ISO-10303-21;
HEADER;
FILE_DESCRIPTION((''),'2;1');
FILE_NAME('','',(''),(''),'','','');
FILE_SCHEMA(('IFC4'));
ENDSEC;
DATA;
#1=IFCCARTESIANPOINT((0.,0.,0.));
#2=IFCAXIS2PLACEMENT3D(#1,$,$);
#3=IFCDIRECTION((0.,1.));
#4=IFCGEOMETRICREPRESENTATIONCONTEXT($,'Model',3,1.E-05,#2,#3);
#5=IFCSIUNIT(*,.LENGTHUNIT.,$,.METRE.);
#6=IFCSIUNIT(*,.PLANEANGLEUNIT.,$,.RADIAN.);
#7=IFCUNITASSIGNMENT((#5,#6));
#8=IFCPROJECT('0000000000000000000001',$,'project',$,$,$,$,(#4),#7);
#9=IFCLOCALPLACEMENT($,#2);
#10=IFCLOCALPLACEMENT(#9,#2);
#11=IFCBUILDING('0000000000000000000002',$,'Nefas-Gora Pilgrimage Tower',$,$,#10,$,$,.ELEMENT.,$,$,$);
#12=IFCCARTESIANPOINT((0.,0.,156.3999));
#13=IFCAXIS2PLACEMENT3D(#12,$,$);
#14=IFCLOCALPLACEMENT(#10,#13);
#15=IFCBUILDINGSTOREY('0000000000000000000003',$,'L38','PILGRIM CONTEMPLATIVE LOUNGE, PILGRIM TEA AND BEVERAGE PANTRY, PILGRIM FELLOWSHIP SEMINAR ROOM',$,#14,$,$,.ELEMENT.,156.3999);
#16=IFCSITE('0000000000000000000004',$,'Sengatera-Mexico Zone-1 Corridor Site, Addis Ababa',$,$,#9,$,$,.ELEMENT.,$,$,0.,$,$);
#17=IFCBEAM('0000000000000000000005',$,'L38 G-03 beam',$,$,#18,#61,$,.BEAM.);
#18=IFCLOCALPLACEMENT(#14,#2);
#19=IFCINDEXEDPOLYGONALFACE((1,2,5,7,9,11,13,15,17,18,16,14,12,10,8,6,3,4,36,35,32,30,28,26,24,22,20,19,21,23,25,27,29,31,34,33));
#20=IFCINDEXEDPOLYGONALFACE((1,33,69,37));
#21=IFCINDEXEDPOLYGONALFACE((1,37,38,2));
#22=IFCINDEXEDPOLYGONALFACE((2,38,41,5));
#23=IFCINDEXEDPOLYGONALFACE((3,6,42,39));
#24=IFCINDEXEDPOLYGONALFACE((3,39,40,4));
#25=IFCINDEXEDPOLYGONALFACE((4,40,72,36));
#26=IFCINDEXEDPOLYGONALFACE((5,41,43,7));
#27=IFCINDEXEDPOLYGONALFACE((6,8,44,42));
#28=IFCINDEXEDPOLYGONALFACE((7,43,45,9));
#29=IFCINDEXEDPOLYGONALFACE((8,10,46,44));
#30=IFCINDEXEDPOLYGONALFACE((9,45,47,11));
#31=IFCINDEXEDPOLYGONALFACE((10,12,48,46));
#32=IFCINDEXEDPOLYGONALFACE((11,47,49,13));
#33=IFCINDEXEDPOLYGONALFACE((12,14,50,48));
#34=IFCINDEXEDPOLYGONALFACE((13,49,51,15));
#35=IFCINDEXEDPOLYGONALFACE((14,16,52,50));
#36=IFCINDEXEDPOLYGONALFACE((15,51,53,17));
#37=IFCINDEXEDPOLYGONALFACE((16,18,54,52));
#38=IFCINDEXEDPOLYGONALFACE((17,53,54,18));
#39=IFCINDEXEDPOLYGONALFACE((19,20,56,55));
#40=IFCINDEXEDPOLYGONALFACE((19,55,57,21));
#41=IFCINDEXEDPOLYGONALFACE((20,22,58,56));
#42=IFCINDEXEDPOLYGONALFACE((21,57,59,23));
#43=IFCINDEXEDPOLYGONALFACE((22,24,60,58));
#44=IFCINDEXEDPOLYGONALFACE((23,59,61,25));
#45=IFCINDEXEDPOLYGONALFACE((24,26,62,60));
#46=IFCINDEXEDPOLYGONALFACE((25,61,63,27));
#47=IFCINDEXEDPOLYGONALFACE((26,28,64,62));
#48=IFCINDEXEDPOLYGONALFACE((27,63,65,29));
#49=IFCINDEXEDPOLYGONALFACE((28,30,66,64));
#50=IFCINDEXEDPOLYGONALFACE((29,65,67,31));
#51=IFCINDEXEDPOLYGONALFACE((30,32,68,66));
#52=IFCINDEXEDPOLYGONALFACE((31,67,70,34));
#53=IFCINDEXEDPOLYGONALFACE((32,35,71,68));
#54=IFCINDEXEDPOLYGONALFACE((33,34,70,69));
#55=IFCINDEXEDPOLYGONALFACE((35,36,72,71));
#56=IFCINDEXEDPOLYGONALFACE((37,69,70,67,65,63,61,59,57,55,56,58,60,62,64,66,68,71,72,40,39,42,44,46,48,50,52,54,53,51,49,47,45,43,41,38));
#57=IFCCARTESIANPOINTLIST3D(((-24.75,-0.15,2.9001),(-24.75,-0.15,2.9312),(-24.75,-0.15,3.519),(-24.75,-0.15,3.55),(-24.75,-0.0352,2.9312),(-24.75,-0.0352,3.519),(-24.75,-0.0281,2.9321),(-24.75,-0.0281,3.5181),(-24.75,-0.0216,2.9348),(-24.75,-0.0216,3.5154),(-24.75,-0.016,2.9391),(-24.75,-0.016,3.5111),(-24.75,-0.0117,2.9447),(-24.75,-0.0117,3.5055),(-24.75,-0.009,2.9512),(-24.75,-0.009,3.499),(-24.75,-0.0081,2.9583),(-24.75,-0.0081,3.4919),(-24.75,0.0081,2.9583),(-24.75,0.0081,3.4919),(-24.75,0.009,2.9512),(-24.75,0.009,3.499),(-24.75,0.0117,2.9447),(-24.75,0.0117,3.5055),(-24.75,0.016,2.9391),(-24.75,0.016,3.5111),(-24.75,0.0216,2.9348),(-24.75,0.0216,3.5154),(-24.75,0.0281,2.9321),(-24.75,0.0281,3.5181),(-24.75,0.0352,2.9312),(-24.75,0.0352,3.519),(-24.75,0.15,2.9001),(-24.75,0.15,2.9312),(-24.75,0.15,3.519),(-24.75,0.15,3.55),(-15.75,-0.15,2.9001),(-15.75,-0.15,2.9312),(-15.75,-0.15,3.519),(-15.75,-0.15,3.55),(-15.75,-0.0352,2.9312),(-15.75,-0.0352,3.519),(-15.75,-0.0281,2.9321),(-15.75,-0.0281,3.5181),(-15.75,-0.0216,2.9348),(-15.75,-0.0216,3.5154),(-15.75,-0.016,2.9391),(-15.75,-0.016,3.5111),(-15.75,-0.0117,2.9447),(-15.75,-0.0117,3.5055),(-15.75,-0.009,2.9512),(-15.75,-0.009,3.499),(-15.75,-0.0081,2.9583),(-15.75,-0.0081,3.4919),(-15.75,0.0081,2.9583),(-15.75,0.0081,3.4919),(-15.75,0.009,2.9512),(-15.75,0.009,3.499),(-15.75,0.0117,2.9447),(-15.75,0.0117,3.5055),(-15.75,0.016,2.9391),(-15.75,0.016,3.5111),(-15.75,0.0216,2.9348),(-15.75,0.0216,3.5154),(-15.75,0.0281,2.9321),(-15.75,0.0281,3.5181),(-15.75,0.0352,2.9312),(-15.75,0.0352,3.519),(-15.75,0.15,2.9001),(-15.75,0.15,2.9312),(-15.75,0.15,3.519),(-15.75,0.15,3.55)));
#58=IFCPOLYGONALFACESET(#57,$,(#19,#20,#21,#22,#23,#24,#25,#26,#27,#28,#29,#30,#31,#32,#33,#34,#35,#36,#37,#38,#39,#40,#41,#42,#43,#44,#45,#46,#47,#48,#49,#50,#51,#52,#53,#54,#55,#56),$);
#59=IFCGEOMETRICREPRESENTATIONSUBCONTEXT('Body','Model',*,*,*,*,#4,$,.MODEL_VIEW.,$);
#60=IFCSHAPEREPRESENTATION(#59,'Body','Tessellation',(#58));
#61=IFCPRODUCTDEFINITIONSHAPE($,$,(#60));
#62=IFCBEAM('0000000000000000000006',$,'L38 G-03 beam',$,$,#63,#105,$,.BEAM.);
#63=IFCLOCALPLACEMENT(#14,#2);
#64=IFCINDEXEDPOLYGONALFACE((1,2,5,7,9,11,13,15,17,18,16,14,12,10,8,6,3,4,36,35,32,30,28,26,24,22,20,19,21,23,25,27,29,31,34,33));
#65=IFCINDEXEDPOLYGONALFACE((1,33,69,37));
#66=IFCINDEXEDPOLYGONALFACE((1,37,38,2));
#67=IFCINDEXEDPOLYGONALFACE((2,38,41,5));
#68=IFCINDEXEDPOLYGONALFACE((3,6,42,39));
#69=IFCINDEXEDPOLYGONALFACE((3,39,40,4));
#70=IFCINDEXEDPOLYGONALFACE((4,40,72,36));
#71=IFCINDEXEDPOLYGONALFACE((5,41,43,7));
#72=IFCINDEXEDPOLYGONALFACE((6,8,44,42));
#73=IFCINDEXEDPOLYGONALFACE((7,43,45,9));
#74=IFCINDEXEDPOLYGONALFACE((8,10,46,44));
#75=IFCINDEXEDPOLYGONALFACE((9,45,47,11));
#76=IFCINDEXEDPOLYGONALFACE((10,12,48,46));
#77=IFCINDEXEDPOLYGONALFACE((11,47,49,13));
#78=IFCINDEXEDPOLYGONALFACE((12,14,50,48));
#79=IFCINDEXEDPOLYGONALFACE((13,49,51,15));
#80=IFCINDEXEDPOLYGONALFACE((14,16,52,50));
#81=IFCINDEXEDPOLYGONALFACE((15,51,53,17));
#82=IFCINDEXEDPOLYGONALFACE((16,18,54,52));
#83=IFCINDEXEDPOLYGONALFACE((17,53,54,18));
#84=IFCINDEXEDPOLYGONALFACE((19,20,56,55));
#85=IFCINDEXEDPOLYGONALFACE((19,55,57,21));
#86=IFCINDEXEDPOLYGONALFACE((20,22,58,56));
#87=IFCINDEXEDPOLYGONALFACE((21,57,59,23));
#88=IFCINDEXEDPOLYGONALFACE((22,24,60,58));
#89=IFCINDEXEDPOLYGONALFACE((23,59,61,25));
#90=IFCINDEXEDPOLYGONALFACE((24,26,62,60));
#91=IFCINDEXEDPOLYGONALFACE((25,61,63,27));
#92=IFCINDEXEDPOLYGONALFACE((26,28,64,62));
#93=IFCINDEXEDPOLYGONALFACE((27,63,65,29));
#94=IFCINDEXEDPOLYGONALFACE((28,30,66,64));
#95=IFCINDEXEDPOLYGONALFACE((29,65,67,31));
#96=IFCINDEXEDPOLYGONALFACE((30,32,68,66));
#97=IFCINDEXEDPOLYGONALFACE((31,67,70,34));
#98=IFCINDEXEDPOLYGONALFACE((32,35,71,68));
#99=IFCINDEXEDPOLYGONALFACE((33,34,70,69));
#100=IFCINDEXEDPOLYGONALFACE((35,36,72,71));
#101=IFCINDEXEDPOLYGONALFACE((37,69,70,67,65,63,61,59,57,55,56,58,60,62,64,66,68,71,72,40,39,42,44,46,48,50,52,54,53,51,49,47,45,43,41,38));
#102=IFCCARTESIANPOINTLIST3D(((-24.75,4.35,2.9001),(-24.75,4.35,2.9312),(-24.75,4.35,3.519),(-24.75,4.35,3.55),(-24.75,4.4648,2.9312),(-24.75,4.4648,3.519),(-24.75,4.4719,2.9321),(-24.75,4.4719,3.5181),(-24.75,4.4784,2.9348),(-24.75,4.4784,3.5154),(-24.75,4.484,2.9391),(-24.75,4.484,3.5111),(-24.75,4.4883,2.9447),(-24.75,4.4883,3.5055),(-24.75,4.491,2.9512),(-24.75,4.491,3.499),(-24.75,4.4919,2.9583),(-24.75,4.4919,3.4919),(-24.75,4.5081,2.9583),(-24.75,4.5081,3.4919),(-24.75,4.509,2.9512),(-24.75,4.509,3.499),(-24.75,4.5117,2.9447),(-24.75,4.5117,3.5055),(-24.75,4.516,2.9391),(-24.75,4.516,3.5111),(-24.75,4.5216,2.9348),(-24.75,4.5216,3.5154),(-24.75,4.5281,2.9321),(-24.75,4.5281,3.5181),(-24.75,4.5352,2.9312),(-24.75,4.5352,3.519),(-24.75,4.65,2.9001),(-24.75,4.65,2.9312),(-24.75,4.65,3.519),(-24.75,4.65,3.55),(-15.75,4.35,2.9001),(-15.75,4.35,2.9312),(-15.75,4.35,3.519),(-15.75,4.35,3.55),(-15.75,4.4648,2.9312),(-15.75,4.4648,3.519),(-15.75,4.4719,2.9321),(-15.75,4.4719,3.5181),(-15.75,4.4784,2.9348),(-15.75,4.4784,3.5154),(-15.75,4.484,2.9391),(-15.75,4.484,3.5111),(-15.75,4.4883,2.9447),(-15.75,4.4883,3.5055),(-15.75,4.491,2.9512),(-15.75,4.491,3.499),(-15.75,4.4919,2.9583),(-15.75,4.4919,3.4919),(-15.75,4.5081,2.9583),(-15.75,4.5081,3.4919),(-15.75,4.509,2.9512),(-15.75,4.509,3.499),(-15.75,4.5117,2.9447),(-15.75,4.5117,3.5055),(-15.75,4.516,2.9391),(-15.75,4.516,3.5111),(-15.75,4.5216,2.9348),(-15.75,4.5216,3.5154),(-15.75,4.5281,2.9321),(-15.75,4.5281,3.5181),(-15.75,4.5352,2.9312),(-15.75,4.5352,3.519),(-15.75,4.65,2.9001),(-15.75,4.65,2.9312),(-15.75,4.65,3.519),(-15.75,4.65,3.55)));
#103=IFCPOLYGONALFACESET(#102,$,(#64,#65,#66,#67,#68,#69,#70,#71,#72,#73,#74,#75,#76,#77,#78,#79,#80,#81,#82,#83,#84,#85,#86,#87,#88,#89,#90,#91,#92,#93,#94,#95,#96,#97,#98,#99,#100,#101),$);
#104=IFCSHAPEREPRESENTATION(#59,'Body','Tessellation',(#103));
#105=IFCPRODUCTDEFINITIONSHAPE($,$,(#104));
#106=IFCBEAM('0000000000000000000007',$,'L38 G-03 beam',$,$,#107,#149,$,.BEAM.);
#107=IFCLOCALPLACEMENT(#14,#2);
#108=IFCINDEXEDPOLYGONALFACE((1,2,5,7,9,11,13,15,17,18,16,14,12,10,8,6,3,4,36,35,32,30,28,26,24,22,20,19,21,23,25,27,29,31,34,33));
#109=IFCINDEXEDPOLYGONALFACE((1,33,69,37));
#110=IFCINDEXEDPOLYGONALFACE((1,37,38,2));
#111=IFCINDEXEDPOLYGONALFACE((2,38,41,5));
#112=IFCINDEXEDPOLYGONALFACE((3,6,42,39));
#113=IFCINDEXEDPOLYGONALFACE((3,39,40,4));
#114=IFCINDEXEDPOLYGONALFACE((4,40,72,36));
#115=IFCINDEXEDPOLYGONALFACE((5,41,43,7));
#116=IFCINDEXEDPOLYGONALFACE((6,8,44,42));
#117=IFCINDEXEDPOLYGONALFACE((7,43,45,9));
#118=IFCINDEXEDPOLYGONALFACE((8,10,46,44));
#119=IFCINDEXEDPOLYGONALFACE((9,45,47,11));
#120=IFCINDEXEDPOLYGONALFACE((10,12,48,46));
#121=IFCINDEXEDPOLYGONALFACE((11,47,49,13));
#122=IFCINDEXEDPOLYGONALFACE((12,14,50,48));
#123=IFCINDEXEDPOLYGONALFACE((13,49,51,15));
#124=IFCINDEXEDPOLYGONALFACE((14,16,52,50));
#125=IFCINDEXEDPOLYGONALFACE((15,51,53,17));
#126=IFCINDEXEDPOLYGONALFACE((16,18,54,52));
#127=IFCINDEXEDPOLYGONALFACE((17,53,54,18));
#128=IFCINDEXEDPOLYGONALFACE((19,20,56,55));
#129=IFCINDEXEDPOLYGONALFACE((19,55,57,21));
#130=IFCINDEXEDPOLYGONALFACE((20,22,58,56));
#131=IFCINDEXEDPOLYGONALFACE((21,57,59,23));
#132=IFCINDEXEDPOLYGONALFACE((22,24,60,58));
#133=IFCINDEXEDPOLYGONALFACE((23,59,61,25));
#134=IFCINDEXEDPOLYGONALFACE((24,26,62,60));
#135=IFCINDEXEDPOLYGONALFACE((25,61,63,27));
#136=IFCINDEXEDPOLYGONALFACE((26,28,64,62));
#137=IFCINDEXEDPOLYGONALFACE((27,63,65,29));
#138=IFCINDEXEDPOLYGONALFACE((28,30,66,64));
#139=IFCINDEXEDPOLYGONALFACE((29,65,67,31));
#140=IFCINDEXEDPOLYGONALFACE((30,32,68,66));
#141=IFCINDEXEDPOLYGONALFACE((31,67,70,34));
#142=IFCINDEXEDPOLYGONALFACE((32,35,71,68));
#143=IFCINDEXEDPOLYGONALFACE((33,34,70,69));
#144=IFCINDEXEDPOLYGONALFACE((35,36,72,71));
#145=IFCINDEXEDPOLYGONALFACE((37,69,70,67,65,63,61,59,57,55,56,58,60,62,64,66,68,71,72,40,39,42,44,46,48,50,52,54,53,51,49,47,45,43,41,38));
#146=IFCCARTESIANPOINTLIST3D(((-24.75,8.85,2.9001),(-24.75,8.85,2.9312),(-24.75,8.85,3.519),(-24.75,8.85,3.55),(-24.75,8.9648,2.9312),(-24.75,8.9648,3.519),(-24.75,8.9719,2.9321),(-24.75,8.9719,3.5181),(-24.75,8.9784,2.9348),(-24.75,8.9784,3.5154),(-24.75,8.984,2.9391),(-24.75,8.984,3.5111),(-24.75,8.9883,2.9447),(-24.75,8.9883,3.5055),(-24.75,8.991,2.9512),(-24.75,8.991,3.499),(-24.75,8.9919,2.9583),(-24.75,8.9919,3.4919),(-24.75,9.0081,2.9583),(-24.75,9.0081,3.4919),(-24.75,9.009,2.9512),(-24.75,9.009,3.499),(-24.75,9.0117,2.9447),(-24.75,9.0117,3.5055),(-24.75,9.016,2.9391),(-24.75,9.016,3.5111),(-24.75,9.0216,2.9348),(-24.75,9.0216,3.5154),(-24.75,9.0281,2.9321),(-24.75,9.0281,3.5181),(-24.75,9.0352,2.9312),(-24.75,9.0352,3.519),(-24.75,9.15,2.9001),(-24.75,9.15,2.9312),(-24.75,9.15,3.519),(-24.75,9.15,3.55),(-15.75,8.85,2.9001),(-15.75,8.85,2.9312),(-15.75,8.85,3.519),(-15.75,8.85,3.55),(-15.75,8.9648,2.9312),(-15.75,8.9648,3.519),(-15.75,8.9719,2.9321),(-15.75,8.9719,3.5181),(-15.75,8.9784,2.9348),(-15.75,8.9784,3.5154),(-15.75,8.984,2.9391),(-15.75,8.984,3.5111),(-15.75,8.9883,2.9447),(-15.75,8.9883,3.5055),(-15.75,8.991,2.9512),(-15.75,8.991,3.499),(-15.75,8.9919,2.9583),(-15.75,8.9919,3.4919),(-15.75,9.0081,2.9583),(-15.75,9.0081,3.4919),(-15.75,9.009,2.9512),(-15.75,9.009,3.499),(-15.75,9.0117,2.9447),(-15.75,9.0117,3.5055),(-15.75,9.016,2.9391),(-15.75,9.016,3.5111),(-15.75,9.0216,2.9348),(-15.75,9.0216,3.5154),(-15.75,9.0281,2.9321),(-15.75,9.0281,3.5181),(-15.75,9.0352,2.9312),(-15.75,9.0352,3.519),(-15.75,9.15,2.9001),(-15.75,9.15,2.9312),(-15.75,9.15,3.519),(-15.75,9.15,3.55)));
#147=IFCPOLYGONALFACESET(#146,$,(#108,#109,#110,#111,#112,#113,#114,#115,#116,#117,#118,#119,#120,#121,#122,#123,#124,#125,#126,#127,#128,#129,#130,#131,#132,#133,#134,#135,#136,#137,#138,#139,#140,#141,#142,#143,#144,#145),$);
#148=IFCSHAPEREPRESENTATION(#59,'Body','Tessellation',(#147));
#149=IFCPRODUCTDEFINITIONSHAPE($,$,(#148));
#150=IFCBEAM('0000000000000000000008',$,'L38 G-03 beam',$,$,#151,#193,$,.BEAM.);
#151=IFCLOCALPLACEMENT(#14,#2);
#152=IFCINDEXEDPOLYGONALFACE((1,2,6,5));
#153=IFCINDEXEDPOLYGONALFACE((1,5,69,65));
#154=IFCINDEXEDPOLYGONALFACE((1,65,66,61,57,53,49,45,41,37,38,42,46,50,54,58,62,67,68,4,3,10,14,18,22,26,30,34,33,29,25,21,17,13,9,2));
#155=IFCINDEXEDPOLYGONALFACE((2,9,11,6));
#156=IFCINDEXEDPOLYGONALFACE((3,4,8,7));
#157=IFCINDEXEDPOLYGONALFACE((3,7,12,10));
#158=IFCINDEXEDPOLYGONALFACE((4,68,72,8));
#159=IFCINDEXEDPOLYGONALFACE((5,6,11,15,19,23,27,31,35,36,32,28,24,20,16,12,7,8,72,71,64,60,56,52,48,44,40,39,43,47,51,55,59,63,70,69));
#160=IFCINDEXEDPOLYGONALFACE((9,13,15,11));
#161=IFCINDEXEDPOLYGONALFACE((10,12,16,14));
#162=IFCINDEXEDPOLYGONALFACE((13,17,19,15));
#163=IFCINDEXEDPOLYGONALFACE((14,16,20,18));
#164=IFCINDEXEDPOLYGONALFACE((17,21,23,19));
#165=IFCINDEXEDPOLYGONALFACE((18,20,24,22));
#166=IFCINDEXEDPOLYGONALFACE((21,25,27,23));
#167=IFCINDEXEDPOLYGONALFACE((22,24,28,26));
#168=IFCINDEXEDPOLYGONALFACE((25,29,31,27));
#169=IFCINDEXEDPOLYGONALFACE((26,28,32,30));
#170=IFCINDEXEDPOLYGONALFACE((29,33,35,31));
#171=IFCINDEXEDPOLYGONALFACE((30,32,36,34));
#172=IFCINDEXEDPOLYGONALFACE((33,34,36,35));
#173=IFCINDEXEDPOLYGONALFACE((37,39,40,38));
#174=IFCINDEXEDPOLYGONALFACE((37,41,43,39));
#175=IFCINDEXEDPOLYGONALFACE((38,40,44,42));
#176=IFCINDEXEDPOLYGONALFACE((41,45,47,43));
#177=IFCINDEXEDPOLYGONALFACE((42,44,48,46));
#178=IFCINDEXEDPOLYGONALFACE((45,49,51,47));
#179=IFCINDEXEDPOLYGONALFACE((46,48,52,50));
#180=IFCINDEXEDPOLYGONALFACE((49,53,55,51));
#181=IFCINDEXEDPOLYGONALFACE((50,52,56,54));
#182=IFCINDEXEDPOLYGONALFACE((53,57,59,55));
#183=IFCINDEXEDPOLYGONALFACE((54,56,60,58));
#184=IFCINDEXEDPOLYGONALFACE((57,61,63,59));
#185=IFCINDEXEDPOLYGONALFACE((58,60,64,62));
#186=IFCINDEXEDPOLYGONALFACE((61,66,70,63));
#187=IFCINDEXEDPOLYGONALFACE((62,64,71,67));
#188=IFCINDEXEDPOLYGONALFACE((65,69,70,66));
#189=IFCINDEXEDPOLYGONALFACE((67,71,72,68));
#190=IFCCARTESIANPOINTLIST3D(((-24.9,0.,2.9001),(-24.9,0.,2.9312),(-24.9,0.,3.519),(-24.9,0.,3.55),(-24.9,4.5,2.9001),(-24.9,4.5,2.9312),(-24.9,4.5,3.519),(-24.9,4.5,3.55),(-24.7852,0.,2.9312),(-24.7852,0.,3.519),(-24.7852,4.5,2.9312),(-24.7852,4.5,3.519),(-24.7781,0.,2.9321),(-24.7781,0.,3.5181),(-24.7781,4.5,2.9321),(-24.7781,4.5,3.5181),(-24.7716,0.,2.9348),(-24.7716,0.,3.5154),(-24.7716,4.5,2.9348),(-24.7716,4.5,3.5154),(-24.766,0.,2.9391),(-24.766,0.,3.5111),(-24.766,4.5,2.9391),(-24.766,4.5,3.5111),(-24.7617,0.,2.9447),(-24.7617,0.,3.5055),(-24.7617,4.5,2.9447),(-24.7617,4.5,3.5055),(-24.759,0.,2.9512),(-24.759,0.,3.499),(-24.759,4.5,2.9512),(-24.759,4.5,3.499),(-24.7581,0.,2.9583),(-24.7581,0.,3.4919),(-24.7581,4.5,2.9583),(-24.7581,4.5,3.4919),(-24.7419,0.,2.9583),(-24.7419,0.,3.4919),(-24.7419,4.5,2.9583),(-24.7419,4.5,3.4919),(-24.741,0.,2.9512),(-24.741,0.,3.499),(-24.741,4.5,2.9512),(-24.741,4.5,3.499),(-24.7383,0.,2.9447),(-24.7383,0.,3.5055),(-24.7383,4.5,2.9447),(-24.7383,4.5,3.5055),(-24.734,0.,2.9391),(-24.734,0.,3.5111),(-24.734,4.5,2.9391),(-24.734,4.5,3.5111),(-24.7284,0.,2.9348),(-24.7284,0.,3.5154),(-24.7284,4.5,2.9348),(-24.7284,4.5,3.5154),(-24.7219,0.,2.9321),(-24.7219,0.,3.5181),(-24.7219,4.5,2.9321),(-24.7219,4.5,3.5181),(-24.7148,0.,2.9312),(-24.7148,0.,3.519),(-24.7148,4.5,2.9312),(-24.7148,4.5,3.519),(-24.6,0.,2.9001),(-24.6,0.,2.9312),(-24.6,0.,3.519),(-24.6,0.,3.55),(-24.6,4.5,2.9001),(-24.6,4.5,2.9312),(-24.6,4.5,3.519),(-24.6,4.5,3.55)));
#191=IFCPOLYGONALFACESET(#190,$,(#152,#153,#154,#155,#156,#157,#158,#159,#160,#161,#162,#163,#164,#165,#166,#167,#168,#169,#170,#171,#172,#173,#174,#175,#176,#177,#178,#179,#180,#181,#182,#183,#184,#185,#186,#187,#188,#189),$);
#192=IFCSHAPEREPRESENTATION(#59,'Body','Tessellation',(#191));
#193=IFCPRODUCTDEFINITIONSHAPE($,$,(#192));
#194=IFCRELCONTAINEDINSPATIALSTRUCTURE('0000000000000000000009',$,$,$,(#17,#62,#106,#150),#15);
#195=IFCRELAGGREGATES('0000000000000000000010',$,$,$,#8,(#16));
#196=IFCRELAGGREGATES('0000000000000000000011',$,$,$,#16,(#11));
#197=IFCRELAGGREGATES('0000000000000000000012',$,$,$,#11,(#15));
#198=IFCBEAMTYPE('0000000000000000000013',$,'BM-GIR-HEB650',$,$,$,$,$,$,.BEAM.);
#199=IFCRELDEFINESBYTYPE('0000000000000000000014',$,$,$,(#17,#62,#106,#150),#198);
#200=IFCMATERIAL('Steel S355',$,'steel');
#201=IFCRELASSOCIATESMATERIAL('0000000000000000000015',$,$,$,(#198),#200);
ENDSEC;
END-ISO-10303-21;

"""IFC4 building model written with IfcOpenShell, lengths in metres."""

from ifc_helpers import new_model, si_unit, direction, frame, origin, origin_2d, place, context, subcontext, project, spatial, i_section, extrude, source, transform, mapped, material, material_profile, profile_set, type_object, element, save


model = new_model("IFC4")

# Units and contexts
model_context = context("Model", 3, precision=1e-05, world=origin(), true_north=direction((0.0, 1.0)))
body_context = subcontext(model_context, "Body", "Model", "MODEL_VIEW")
ifc_project = project(units=[si_unit("LENGTHUNIT", "METRE"), si_unit("PLANEANGLEUNIT", "RADIAN")], contexts=[model_context])

# Site, building, storey
site_placement = place(None, origin())
site = spatial("IfcSite", under=ifc_project, at=site_placement, Name="Sengatera-Mexico Zone-1 Corridor Site, Addis Ababa", CompositionType="ELEMENT", RefElevation=0.0)
building_placement = place(site_placement, origin())
building = spatial("IfcBuilding", under=site, at=building_placement, Name="Nefas-Gora Pilgrimage Tower", CompositionType="ELEMENT")
storey_placement = place(building_placement, frame((0.0, 0.0, 156.3999)))
storey = spatial("IfcBuildingStorey", under=building, at=storey_placement, Name="L38", Description="PILGRIM CONTEMPLATIVE LOUNGE, PILGRIM TEA AND BEVERAGE PANTRY, PILGRIM FELLOWSHIP SEMINAR ROOM", CompositionType="ELEMENT", Elevation=156.3999)

# Beams
ifc_material_1 = material(Name="Steel S355", Category="steel")
ifc_material_profile_1 = material_profile(ifc_material_1, i_section(OverallWidth=0.3, OverallDepth=0.6499, WebThickness=0.0161, FlangeThickness=0.031, FilletRadius=0.0271, at=origin_2d()), Name="HEB 650")
ifc_profile_set_1 = profile_set([ifc_material_profile_1], Name="Steel S355")
beam_type_1 = type_object("IfcBeamType", Name="BM-GIR-HEB650", PredefinedType="BEAM", material=ifc_profile_set_1)
shared_shape_1 = source(origin(), body_context, "Body", "SweptSolid", [
    extrude(i_section(OverallWidth=0.3, OverallDepth=0.6499, WebThickness=0.0161, FlangeThickness=0.031, FilletRadius=0.0271, at=origin_2d()), origin(), (0.0, 0.0, 1.0), 9.0),
])
for number, where, z_axis, x_axis, name in (
    (1, (-24.75, 0.0, 3.2251), (1.0, 0.0, 0.0), (0.0, 1.0, 0.0), "L38 G-03 beam"),
    (2, (-24.75, 4.5, 3.2251), (1.0, 0.0, 0.0), (0.0, 1.0, 0.0), "L38 G-03 beam"),
    (3, (-24.75, 9.0, 3.2251), (1.0, 0.0, 0.0), (0.0, 1.0, 0.0), "L38 G-03 beam"),
):
    element("IfcBeam", number, at=place(storey_placement, frame(where, z_axis=z_axis, x_axis=x_axis)), inside=storey, type_object=beam_type_1, Name=name, PredefinedType="BEAM", context=body_context, shape_type="MappedRepresentation", body=[
        mapped(shared_shape_1, transform((0.0, 0.0, 0.0), x_axis=(1.0, 0.0, 0.0), y_axis=(0.0, 1.0, 0.0), z_axis=(0.0, 0.0, 1.0), scale=1.0)),
    ])
shared_shape_2 = source(origin(), body_context, "Body", "SweptSolid", [
    extrude(i_section(OverallWidth=0.3, OverallDepth=0.6499, WebThickness=0.0161, FlangeThickness=0.031, FilletRadius=0.0271, at=origin_2d()), origin(), (0.0, 0.0, 1.0), 4.5),
])
for number, where, z_axis, x_axis, name in (
    (4, (-24.75, 0.0, 3.2251), (0.0, 1.0, 0.0), (-1.0, 0.0, 0.0), "L38 G-03 beam"),
):
    element("IfcBeam", number, at=place(storey_placement, frame(where, z_axis=z_axis, x_axis=x_axis)), inside=storey, type_object=beam_type_1, Name=name, PredefinedType="BEAM", context=body_context, shape_type="MappedRepresentation", body=[
        mapped(shared_shape_2, transform((0.0, 0.0, 0.0), x_axis=(1.0, 0.0, 0.0), y_axis=(0.0, 1.0, 0.0), z_axis=(0.0, 0.0, 1.0), scale=1.0)),
    ])

save(model, "model.ifc")
